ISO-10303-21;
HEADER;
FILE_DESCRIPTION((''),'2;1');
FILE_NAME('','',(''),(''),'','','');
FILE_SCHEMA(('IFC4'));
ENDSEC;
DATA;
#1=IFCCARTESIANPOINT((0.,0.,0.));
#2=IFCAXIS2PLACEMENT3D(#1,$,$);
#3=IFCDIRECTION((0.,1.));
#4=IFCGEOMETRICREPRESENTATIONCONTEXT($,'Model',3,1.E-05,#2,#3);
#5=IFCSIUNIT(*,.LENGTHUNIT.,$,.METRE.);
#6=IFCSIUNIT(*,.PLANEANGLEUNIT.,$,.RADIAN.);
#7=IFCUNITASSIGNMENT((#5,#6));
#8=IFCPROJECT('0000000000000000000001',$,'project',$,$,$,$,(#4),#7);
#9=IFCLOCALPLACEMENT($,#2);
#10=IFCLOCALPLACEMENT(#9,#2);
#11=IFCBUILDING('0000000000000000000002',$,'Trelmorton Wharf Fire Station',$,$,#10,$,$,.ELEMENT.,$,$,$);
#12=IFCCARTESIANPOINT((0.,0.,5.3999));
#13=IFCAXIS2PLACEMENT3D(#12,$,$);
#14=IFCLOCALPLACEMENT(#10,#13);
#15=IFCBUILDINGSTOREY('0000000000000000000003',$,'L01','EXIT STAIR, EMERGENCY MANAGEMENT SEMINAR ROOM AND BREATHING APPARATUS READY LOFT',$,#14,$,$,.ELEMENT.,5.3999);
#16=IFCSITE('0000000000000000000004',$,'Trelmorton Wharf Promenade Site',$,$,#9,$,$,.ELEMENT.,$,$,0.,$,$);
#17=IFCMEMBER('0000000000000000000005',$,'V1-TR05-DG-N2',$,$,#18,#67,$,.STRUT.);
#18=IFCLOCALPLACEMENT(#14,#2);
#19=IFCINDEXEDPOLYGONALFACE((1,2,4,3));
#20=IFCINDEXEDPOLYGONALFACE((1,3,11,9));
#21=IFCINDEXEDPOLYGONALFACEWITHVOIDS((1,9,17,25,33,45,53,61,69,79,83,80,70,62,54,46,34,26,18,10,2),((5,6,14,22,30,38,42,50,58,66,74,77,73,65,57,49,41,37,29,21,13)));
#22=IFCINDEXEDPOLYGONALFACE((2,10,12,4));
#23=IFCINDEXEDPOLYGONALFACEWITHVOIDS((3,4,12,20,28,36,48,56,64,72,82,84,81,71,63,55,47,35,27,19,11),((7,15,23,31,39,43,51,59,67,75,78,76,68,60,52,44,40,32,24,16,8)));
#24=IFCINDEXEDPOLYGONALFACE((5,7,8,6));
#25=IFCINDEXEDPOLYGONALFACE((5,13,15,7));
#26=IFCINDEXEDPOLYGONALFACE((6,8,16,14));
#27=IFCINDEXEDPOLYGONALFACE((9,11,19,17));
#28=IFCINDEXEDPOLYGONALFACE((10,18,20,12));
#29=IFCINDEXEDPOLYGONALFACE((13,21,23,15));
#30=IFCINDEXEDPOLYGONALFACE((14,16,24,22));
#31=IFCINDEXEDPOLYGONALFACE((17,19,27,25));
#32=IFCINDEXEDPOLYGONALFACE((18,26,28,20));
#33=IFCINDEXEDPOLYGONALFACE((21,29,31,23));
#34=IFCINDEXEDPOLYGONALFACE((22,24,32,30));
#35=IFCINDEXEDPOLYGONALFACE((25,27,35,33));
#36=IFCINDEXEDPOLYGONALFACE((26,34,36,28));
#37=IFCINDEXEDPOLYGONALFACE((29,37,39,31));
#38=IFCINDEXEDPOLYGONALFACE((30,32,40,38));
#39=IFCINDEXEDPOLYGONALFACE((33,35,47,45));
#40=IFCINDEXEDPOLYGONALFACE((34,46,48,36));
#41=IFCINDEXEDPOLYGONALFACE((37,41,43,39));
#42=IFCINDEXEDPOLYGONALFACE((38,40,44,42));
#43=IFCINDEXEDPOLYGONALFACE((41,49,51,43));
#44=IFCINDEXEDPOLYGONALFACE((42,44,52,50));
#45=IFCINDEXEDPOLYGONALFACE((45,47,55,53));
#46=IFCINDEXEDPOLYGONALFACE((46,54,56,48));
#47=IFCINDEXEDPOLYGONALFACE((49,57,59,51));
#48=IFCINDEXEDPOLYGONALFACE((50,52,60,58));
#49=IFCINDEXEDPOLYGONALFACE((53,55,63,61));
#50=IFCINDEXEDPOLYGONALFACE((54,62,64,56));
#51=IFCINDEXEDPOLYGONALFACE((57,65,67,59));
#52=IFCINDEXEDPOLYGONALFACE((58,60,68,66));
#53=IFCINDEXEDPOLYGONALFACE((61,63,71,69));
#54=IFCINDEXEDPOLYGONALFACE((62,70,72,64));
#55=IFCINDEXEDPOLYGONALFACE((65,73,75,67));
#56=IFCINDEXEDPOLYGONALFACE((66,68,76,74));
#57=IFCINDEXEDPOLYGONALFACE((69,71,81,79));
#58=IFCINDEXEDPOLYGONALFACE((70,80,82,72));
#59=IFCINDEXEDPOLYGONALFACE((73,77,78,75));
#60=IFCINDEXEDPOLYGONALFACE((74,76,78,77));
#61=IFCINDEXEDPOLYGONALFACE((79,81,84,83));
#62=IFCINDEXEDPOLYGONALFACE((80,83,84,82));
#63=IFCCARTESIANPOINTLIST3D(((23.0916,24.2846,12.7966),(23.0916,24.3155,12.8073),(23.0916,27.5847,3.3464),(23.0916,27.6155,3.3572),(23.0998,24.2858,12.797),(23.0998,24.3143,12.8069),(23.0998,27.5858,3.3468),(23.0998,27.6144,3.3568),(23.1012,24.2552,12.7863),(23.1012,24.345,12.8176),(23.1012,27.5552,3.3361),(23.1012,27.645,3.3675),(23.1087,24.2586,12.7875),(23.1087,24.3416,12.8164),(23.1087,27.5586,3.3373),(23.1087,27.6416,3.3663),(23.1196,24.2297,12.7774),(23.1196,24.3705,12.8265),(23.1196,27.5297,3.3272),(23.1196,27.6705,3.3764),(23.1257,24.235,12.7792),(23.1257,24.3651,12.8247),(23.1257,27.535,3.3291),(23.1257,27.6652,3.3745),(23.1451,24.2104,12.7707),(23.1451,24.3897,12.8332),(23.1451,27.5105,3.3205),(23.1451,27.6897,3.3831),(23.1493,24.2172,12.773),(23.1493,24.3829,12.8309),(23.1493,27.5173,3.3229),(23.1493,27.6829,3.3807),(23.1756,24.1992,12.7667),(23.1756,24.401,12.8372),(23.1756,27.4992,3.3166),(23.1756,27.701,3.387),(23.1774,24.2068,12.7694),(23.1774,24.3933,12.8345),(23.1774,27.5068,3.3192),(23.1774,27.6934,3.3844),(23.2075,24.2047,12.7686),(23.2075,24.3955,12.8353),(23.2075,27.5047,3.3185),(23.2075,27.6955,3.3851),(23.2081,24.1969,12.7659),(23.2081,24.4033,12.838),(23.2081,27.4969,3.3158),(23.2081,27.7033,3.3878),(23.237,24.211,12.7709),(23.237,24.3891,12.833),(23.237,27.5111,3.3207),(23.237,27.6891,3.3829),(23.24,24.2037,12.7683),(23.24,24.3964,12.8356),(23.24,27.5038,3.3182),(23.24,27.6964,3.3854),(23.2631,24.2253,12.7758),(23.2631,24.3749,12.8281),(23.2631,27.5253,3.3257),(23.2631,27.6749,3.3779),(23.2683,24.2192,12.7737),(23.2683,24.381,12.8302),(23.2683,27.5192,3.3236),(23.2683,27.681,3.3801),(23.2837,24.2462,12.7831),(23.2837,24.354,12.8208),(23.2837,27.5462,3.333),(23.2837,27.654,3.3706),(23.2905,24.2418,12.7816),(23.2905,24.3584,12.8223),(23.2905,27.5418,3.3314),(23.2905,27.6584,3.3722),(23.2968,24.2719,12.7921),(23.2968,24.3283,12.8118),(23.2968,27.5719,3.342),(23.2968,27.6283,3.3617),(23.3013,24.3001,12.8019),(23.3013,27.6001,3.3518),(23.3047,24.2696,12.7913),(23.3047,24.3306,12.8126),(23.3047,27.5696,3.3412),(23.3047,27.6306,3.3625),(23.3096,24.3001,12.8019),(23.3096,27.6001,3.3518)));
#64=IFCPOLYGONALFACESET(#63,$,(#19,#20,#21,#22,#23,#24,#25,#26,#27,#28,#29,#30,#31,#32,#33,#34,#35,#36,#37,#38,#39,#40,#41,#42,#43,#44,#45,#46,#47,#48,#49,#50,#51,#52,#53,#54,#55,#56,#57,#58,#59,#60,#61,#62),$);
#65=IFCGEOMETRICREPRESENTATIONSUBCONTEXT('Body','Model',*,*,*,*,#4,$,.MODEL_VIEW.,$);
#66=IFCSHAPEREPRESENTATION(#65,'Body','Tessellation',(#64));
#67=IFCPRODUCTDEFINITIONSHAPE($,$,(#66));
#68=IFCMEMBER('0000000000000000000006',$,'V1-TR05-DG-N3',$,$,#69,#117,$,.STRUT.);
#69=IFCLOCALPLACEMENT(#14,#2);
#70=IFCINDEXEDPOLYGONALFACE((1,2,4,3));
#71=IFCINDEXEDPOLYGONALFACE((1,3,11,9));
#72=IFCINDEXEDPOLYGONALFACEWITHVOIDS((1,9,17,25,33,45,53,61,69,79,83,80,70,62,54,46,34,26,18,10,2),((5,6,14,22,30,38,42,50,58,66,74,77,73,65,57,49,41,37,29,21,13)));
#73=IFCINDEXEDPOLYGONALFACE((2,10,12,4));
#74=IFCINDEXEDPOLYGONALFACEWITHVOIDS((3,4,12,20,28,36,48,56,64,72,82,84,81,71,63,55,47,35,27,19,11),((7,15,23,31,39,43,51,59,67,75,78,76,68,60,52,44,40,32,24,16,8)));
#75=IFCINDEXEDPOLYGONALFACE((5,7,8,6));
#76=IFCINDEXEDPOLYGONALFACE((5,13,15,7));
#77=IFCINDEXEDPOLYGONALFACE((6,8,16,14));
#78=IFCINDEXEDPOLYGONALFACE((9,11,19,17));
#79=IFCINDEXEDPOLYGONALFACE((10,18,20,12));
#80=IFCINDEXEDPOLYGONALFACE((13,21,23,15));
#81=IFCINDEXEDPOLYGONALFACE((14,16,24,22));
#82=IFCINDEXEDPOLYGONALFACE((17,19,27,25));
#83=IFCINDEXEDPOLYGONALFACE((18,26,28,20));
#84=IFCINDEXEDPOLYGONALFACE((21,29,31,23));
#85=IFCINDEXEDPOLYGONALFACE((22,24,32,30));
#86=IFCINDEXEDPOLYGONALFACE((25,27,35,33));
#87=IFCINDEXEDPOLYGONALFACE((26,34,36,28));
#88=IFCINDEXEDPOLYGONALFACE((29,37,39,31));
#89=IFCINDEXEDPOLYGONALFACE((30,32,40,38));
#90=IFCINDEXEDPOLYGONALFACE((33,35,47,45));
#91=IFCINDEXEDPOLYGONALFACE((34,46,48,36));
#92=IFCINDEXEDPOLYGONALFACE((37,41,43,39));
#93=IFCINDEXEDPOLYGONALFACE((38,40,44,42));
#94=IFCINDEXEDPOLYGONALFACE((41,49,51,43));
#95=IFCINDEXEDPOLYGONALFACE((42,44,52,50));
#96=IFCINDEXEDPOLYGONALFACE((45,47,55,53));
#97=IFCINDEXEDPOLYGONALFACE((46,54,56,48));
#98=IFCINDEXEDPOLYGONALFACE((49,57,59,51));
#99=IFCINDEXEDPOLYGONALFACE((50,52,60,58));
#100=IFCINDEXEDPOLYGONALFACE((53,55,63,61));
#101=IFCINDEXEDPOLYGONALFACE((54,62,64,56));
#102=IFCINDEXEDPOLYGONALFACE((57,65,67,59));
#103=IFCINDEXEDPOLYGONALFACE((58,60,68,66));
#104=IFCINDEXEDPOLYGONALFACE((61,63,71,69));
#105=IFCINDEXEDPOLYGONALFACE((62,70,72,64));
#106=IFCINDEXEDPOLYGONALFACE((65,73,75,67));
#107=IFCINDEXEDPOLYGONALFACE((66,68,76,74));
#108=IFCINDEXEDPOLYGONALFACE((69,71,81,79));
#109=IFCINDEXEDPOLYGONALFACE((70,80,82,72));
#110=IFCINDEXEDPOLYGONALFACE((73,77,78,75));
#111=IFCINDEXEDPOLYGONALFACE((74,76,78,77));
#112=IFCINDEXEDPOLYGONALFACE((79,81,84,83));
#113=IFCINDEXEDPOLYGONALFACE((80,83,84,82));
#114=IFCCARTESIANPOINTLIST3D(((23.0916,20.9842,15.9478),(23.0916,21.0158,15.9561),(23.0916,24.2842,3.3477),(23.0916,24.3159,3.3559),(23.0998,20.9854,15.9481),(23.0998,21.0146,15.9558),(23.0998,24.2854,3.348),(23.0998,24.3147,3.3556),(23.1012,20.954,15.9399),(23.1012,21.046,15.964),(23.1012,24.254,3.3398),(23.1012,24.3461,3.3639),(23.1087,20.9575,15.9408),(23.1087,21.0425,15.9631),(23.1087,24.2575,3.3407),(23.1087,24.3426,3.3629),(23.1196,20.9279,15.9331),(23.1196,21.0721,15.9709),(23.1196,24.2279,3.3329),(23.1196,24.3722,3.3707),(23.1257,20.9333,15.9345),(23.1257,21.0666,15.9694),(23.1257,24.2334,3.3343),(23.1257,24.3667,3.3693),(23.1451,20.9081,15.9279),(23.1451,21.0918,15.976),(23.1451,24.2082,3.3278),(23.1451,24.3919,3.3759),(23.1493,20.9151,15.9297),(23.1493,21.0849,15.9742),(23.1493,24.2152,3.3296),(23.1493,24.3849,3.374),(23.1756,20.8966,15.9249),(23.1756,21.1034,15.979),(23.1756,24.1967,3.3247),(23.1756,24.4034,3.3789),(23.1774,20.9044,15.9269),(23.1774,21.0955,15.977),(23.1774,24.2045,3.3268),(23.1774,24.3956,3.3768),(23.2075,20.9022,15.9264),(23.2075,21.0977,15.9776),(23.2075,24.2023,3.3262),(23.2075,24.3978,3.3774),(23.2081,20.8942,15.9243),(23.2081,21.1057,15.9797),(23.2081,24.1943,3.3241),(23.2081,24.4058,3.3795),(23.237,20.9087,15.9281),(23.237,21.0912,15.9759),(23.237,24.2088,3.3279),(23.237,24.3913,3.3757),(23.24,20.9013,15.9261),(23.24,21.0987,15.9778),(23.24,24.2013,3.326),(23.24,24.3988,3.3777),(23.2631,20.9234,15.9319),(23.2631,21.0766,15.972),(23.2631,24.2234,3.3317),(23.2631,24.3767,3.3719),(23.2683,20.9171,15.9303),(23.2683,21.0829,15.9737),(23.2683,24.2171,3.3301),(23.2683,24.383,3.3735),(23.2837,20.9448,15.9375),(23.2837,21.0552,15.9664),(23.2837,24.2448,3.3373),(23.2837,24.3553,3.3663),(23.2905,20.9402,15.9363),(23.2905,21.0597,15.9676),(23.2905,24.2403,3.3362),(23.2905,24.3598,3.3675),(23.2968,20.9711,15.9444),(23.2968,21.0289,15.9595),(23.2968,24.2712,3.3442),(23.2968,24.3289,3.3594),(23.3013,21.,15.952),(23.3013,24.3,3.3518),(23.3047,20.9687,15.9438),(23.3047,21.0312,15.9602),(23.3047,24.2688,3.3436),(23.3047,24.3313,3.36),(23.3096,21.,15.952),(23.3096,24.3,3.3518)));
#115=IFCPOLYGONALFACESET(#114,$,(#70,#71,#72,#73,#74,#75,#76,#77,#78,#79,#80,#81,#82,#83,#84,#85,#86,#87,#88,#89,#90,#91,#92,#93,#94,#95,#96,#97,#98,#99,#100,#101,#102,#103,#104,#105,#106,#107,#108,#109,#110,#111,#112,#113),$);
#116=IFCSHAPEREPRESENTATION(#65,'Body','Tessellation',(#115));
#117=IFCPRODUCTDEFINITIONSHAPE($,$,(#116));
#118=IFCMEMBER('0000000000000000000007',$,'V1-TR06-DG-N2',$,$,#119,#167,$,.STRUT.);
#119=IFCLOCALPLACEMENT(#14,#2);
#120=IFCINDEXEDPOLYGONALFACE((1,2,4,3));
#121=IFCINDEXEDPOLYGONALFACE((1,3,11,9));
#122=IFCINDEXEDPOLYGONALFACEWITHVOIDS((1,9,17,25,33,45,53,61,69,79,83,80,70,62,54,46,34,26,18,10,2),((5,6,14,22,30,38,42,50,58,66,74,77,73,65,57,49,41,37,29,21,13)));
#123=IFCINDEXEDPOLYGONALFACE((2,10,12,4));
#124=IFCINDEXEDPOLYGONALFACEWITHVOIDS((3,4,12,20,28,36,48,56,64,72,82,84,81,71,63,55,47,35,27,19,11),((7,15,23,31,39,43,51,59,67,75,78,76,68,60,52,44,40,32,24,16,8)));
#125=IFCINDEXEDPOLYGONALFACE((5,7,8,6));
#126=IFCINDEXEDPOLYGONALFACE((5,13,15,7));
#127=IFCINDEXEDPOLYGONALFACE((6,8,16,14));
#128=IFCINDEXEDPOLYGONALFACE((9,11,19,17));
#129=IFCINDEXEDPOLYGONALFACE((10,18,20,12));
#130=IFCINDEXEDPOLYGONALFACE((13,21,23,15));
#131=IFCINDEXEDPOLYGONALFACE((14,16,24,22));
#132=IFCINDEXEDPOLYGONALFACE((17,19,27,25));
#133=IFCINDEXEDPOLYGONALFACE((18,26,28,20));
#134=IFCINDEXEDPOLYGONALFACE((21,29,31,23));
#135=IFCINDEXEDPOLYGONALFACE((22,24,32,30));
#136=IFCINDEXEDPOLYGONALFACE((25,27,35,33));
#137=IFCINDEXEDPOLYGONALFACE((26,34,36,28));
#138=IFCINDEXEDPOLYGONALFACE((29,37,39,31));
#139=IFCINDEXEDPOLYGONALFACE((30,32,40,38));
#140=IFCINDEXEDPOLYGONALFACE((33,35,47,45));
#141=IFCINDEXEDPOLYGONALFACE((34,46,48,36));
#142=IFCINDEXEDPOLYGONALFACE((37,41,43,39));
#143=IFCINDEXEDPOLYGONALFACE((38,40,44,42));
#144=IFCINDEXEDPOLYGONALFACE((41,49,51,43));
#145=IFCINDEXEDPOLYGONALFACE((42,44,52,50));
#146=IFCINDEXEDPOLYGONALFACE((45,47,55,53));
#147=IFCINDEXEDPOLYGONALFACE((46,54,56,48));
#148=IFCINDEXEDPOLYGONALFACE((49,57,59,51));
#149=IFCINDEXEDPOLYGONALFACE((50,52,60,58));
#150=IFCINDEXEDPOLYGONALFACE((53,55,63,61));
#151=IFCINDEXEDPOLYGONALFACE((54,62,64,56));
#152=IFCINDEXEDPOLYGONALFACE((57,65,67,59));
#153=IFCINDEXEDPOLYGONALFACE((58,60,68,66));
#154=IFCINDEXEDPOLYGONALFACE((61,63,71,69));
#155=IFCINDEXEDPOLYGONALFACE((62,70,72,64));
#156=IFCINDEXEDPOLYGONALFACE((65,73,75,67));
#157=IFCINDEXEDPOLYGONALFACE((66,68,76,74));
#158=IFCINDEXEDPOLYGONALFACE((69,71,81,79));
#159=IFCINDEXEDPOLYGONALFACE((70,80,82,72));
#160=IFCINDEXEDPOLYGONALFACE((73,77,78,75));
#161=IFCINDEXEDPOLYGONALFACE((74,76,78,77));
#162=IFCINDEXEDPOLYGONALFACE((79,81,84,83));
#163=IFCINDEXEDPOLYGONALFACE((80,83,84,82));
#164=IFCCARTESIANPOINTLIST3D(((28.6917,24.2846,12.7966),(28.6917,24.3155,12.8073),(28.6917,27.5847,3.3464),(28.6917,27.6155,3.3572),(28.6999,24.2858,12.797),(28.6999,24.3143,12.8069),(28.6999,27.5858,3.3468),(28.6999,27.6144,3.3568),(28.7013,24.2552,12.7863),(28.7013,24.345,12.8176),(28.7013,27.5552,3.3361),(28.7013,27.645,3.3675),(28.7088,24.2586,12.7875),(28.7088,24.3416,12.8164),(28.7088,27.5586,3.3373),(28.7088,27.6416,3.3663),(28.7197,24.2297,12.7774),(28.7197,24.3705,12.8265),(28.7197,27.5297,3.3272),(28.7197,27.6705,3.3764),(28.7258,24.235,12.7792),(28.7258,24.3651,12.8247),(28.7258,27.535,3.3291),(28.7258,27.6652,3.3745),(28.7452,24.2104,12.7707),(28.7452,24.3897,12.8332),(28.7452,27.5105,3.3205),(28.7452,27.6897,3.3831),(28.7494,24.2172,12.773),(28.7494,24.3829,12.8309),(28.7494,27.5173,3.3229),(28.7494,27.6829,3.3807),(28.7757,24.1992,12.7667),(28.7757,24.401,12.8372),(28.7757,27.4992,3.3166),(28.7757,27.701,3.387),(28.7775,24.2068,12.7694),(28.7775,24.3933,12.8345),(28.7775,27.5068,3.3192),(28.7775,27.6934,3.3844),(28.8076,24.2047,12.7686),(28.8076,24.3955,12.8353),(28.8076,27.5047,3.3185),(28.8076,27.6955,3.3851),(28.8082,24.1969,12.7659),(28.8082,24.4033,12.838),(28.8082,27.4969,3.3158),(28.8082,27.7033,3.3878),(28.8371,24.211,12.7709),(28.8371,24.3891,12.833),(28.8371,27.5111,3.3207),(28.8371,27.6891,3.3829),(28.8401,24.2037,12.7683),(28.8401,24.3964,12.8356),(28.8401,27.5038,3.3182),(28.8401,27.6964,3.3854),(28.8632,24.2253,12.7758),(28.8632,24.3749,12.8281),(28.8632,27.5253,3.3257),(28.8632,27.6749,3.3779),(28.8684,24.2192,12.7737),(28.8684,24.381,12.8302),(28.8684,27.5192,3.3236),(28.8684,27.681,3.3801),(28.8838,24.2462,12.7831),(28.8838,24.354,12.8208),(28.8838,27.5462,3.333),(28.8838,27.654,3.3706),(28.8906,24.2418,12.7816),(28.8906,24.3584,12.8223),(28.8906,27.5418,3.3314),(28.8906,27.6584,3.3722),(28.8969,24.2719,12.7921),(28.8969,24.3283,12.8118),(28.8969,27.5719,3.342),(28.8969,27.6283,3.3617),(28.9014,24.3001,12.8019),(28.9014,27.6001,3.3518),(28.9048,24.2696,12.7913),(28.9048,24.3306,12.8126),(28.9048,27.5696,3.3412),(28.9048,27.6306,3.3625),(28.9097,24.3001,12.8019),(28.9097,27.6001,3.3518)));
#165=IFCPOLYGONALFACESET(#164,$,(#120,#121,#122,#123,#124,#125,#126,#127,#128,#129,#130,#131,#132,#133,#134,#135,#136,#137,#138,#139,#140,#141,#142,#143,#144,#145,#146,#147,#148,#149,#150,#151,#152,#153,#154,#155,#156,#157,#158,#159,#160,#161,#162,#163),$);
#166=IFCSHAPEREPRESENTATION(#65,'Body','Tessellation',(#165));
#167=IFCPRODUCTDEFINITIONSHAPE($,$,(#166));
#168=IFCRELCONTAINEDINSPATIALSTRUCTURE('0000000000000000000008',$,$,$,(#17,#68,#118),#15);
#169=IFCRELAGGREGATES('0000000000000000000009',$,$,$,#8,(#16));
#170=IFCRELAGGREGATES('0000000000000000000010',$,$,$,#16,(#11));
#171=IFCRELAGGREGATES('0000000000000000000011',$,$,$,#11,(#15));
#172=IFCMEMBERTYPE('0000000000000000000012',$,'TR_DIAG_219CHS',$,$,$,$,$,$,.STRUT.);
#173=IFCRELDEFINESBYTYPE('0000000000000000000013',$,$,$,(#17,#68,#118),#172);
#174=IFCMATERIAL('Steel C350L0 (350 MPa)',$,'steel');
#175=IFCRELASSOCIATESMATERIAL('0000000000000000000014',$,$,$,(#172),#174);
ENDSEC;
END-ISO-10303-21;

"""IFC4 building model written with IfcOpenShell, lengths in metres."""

from ifc_helpers import new_model, si_unit, direction, frame, origin, origin_2d, place, context, subcontext, project, spatial, hollow_circle, extrude, material, material_profile, profile_set, type_object, element, save


model = new_model("IFC4")

# Units and contexts
model_context = context("Model", 3, precision=1e-05, world=origin(), true_north=direction((0.0, 1.0)))
body_context = subcontext(model_context, "Body", "Model", "MODEL_VIEW")
ifc_project = project(units=[si_unit("LENGTHUNIT", "METRE"), si_unit("PLANEANGLEUNIT", "RADIAN")], contexts=[model_context])

# Site, building, storey
site_placement = place(None, origin())
site = spatial("IfcSite", under=ifc_project, at=site_placement, Name="Trelmorton Wharf Promenade Site", CompositionType="ELEMENT", RefElevation=0.0)
building_placement = place(site_placement, origin())
building = spatial("IfcBuilding", under=site, at=building_placement, Name="Trelmorton Wharf Fire Station", CompositionType="ELEMENT")
storey_placement = place(building_placement, frame((0.0, 0.0, 5.3999)))
storey = spatial("IfcBuildingStorey", under=building, at=storey_placement, Name="L01", Description="EXIT STAIR, EMERGENCY MANAGEMENT SEMINAR ROOM AND BREATHING APPARATUS READY LOFT", CompositionType="ELEMENT", Elevation=5.3999)

# Members
ifc_material_1 = material(Name="Steel C350L0 (350 MPa)", Category="steel")
ifc_material_profile_1 = material_profile(ifc_material_1, hollow_circle(Radius=0.1096, WallThickness=0.0083, at=origin_2d()), Name="219.1x8.2CHS")
ifc_profile_set_1 = profile_set([ifc_material_profile_1], Name="Steel C350L0 (350 MPa)")
member_type_1 = type_object("IfcMemberType", Name="TR_DIAG_219CHS", PredefinedType="STRUT", material=ifc_profile_set_1)
member_1_placement = place(storey_placement, frame((23.2, 27.6001, 3.3518), z_axis=(0.0, -0.329681, 0.944092), x_axis=(1.0, 0.0, 0.0)))
element("IfcMember", 1, at=member_1_placement, inside=storey, type_object=member_type_1, Name="V1-TR05-DG-N2", PredefinedType="STRUT", context=body_context, shape_type="SweptSolid", body=[
    extrude(hollow_circle(Radius=0.1096, WallThickness=0.0083, at=origin_2d()), origin(), (0.0, 0.0, 1.0), 10.0098),
])
member_2_placement = place(storey_placement, frame((23.2, 24.3, 3.3518), z_axis=(0.0, -0.253361, 0.967372), x_axis=(1.0, 0.0, 0.0)))
element("IfcMember", 2, at=member_2_placement, inside=storey, type_object=member_type_1, Name="V1-TR05-DG-N3", PredefinedType="STRUT", context=body_context, shape_type="SweptSolid", body=[
    extrude(hollow_circle(Radius=0.1096, WallThickness=0.0083, at=origin_2d()), origin(), (0.0, 0.0, 1.0), 13.0251),
])
member_3_placement = place(storey_placement, frame((28.8, 27.6001, 3.3518), z_axis=(0.0, -0.329681, 0.944092), x_axis=(1.0, 0.0, 0.0)))
element("IfcMember", 3, at=member_3_placement, inside=storey, type_object=member_type_1, Name="V1-TR06-DG-N2", PredefinedType="STRUT", context=body_context, shape_type="SweptSolid", body=[
    extrude(hollow_circle(Radius=0.1096, WallThickness=0.0083, at=origin_2d()), origin(), (0.0, 0.0, 1.0), 10.0098),
])

save(model, "model.ifc")
